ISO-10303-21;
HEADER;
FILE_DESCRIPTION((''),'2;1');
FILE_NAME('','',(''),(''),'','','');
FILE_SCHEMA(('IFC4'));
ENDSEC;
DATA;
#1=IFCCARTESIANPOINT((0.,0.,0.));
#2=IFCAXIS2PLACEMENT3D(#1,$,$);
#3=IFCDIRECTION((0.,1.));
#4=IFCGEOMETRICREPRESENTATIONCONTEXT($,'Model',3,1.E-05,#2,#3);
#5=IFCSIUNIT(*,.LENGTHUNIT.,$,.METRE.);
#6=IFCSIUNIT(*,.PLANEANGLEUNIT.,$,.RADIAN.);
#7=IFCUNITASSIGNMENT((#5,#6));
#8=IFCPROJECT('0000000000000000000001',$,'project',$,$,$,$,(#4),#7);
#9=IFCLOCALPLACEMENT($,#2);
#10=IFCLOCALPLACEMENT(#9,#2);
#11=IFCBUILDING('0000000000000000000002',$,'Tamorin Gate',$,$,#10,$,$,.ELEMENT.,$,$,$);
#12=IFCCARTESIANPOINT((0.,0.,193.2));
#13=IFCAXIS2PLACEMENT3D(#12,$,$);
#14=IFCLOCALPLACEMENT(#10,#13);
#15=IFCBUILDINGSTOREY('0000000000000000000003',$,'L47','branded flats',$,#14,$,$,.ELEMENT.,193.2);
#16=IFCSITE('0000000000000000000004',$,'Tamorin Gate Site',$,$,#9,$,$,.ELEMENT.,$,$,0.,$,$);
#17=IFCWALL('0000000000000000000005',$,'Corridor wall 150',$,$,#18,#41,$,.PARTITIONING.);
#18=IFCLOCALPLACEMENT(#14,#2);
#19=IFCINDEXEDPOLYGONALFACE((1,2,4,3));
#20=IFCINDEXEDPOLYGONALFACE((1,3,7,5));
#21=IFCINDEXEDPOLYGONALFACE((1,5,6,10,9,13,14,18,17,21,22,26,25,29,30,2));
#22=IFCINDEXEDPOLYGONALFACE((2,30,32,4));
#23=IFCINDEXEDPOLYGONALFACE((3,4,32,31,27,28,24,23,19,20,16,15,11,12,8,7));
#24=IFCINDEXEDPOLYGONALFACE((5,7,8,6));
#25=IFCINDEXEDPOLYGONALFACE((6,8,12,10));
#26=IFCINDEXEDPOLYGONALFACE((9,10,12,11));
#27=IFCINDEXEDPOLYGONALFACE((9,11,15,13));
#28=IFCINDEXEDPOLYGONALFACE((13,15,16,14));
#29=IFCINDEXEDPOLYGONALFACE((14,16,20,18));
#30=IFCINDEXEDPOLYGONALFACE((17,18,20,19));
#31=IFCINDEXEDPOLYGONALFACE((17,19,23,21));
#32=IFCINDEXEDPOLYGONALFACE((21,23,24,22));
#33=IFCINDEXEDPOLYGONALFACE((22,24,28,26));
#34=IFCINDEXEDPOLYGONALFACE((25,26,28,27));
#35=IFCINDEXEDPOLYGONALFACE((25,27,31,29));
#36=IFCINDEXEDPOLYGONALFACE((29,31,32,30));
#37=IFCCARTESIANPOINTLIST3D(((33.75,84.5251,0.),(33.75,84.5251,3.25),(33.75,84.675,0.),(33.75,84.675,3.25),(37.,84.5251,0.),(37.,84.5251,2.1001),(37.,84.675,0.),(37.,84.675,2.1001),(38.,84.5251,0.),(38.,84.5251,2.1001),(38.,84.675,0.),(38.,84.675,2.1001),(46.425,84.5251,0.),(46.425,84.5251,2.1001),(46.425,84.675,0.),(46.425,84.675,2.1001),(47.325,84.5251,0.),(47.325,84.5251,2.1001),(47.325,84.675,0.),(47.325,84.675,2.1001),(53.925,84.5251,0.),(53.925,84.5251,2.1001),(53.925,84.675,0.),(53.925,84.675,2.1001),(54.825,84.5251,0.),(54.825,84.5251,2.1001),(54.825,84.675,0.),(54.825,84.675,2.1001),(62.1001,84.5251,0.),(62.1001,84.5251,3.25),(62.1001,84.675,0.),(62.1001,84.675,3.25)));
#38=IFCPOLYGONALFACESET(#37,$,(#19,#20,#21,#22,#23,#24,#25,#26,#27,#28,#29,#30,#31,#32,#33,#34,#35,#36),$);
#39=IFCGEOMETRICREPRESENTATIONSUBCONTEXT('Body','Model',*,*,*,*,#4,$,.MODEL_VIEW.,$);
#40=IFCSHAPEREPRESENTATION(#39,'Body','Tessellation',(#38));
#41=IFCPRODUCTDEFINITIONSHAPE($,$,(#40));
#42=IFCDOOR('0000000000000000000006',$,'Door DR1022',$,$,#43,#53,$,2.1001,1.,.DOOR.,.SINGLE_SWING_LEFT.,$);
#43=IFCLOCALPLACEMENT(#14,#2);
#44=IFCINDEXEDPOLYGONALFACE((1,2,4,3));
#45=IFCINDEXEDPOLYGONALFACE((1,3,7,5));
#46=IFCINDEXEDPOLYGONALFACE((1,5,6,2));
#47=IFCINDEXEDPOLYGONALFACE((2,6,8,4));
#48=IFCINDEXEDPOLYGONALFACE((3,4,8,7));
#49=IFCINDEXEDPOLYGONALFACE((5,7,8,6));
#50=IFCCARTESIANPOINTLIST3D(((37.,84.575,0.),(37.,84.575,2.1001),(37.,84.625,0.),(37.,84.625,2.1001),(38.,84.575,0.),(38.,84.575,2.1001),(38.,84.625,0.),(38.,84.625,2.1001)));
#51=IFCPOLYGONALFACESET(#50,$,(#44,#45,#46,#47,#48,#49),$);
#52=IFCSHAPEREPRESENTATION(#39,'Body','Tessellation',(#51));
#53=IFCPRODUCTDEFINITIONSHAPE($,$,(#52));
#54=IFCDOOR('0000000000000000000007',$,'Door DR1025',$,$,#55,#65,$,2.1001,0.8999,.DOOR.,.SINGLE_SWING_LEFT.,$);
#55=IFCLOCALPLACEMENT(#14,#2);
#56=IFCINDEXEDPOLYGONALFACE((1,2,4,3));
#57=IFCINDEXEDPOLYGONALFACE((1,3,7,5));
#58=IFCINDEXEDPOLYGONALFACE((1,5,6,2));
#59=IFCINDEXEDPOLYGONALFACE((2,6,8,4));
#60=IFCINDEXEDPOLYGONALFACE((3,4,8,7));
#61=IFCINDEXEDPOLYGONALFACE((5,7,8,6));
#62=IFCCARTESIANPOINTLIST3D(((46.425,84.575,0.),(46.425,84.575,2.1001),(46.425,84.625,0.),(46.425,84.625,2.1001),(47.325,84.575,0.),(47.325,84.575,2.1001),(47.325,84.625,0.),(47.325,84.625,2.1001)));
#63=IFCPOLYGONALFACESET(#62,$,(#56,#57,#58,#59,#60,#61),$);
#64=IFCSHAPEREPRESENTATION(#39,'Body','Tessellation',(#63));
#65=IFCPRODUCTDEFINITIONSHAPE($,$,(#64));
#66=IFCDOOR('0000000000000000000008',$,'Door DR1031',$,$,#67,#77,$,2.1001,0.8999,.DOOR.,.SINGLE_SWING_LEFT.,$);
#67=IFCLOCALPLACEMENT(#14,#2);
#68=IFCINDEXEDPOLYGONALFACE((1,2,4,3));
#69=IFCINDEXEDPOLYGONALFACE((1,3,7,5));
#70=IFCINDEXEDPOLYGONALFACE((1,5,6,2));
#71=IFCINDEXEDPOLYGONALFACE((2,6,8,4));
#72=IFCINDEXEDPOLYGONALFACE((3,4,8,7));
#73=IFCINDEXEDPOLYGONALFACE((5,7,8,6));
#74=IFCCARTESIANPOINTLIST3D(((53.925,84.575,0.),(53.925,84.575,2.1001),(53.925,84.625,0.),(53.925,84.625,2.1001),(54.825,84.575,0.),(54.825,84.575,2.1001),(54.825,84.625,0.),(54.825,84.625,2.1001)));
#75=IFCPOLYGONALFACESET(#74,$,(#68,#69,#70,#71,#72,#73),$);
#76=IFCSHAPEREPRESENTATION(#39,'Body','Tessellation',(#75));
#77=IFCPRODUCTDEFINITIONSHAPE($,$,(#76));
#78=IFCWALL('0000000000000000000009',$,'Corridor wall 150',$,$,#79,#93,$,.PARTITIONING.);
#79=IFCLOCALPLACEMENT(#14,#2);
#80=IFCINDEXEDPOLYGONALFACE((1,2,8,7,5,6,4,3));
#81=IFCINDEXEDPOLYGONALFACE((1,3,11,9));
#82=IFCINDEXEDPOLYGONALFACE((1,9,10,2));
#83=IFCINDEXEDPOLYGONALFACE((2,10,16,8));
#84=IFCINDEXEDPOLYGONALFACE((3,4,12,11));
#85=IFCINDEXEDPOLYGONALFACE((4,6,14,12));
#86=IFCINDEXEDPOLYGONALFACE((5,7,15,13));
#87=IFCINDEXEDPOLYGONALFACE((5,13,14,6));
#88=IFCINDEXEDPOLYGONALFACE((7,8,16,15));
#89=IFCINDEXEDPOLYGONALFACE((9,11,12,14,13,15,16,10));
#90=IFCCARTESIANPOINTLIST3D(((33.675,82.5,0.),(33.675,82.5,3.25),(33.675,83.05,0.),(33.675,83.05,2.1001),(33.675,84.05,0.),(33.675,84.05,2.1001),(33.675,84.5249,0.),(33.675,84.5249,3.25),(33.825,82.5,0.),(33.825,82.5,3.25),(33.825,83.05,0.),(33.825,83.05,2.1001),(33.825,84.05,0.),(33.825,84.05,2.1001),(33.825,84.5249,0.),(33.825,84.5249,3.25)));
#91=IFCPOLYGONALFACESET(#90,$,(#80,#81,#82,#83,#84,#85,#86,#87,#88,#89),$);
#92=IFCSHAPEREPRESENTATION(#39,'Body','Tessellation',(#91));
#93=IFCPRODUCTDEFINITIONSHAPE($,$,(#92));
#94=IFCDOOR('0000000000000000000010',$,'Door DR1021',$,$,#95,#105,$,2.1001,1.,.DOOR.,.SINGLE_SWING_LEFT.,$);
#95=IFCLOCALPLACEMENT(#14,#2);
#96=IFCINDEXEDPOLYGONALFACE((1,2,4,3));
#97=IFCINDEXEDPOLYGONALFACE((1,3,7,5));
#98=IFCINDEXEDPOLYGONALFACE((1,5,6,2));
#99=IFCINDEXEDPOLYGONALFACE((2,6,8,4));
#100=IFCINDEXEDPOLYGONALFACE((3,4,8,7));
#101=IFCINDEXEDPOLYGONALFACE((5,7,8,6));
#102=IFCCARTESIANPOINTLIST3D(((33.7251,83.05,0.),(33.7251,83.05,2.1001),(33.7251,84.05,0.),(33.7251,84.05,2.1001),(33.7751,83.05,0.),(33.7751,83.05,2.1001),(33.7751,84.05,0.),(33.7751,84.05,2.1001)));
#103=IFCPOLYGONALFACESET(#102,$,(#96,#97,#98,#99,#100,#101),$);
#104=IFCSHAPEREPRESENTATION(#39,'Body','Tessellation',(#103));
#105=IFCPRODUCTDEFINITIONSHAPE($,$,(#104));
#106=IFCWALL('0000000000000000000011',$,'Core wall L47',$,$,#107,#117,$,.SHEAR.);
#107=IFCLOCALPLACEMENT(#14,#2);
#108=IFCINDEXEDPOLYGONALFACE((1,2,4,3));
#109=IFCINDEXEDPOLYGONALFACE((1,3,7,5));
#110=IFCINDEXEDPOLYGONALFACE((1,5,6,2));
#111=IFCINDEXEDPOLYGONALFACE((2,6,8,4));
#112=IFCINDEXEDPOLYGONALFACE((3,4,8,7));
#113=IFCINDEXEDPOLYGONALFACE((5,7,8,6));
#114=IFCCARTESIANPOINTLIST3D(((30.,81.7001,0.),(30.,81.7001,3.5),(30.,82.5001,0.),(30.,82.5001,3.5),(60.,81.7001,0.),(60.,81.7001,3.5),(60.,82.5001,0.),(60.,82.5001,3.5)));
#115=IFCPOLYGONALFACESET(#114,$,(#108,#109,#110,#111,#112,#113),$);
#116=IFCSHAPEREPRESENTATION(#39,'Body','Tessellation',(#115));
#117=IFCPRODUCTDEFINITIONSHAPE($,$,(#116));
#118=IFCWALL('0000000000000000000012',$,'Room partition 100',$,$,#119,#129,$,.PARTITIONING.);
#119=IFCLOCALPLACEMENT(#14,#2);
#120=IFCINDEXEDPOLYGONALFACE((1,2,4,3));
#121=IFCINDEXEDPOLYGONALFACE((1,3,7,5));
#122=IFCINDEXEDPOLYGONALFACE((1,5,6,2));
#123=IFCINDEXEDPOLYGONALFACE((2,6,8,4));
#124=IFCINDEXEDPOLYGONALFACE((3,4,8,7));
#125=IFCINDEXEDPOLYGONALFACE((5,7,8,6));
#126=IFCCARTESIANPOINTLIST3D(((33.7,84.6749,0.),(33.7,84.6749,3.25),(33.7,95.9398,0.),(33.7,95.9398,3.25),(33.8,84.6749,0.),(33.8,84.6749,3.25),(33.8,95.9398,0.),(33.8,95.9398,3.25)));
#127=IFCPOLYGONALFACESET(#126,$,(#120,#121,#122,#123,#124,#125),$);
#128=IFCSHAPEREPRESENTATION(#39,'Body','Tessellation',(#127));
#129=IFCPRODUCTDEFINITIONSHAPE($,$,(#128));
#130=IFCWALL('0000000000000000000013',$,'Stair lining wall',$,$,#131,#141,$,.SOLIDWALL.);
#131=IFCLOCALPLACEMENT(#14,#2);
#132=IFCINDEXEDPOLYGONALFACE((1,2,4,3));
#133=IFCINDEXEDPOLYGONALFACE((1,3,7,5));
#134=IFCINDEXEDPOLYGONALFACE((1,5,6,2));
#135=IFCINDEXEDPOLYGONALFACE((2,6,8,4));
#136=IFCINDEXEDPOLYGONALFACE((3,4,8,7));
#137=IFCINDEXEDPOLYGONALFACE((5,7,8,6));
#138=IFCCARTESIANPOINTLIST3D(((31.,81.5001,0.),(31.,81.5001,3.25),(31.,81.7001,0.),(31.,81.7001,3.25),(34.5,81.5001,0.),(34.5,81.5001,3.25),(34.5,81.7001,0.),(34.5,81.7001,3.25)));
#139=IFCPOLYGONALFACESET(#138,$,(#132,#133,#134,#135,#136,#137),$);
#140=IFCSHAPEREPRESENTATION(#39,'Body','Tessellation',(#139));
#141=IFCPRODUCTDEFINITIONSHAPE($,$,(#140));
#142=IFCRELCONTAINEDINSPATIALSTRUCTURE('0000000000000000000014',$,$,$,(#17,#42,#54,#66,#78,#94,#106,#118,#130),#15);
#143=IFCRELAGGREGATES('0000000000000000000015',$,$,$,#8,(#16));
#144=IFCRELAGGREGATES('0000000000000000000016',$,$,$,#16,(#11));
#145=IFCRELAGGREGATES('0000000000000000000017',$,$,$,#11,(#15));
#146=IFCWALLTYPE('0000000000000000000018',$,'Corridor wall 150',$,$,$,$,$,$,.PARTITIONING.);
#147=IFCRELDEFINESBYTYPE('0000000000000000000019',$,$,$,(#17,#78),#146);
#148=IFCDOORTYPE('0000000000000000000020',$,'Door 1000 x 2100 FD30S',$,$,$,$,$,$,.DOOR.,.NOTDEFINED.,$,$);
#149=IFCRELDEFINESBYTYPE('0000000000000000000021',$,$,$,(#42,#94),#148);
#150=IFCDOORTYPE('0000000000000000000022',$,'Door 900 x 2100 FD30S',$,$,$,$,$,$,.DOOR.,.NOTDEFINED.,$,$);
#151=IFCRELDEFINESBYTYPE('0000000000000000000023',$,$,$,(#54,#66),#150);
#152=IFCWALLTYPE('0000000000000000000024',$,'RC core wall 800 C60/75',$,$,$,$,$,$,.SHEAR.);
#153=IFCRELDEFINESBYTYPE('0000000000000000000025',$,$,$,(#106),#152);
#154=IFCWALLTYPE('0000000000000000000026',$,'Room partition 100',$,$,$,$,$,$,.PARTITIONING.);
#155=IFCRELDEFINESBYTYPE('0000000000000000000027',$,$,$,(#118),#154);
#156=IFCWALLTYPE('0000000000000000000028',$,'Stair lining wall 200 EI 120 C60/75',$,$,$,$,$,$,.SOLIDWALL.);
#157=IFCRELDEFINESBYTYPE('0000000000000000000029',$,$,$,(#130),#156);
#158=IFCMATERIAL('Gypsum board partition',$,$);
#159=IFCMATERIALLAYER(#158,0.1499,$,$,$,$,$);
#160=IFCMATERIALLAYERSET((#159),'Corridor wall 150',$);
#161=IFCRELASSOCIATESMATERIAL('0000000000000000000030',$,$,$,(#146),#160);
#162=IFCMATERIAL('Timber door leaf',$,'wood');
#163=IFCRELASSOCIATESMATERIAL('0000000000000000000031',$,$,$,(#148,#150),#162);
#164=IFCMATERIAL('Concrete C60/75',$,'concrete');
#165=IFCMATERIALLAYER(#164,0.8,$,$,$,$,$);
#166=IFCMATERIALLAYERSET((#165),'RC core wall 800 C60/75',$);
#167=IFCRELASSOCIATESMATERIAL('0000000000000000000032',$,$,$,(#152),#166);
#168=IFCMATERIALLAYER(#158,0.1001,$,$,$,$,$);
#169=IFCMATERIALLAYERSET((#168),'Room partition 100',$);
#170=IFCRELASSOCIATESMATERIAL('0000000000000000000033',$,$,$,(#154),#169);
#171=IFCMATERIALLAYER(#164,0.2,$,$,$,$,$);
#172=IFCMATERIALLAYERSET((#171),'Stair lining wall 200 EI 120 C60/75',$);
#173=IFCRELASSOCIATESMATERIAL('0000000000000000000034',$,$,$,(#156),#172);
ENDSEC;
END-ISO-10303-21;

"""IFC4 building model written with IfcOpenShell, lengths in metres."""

from ifc_helpers import new_model, si_unit, direction, frame, frame_2d, origin, place, context, subcontext, project, spatial, rectangle, extrude, material, layer, layer_set, type_object, element, fill, save


model = new_model("IFC4")

# Units and contexts
model_context = context("Model", 3, precision=1e-05, world=origin(), true_north=direction((0.0, 1.0)))
body_context = subcontext(model_context, "Body", "Model", "MODEL_VIEW")
ifc_project = project(units=[si_unit("LENGTHUNIT", "METRE"), si_unit("PLANEANGLEUNIT", "RADIAN")], contexts=[model_context])

# Site, building, storey
site_placement = place(None, origin())
site = spatial("IfcSite", under=ifc_project, at=site_placement, Name="Tamorin Gate Site", CompositionType="ELEMENT", RefElevation=0.0)
building_placement = place(site_placement, origin())
building = spatial("IfcBuilding", under=site, at=building_placement, Name="Tamorin Gate", CompositionType="ELEMENT")
storey_placement = place(building_placement, frame((0.0, 0.0, 193.2)))
storey = spatial("IfcBuildingStorey", under=building, at=storey_placement, Name="L47", Description="branded flats", CompositionType="ELEMENT", Elevation=193.2)

# Shared definitions
ifc_material_1 = material(Name="Concrete C60/75", Category="concrete")

# Wall, openings, doors
ifc_material_2 = material(Name="Gypsum board partition")
ifc_layer_1 = layer(ifc_material_2, 0.1499)
ifc_layer_set_1 = layer_set([ifc_layer_1], Name="Corridor wall 150")
wall_type_1 = type_object("IfcWallType", Name="Corridor wall 150", PredefinedType="PARTITIONING", material=ifc_layer_set_1)
wall_1_placement = place(storey_placement, frame((33.75, 84.6001, 0.0), z_axis=(0.0, 0.0, 1.0), x_axis=(1.0, 0.0, 0.0)))
wall_1 = element("IfcWall", 1, at=wall_1_placement, inside=storey, type_object=wall_type_1, Name="Corridor wall 150", PredefinedType="PARTITIONING", context=body_context, shape_type="SweptSolid", body=[
    extrude(rectangle(XDim=28.3501, YDim=0.1499, at=frame_2d((14.175, 0.0))), origin(), (0.0, 0.0, 1.0), 3.25),
])
opening_1_placement = place(wall_1_placement, frame((3.25, 0.0, 0.0)))
opening_1 = element("IfcOpeningElement", 2, at=opening_1_placement, cuts=wall_1, PredefinedType="OPENING", context=body_context, shape_type="SweptSolid", body=[
    extrude(rectangle(XDim=1.0, YDim=2.1001, at=frame_2d((0.5, 1.05))), frame((0.0, 0.085, 0.0), z_axis=(0.0, -1.0, 0.0), x_axis=(1.0, 0.0, 0.0)), (0.0, 0.0, 1.0), 0.1699),
])
opening_2_placement = place(wall_1_placement, frame((12.675, 0.0, 0.0)))
opening_2 = element("IfcOpeningElement", 3, at=opening_2_placement, cuts=wall_1, PredefinedType="OPENING", context=body_context, shape_type="SweptSolid", body=[
    extrude(rectangle(XDim=0.8999, YDim=2.1001, at=frame_2d((0.45, 1.05))), frame((0.0, 0.085, 0.0), z_axis=(0.0, -1.0, 0.0), x_axis=(1.0, 0.0, 0.0)), (0.0, 0.0, 1.0), 0.1699),
])
opening_3_placement = place(wall_1_placement, frame((20.175, 0.0, 0.0)))
opening_3 = element("IfcOpeningElement", 4, at=opening_3_placement, cuts=wall_1, PredefinedType="OPENING", context=body_context, shape_type="SweptSolid", body=[
    extrude(rectangle(XDim=0.8999, YDim=2.1001, at=frame_2d((0.45, 1.05))), frame((0.0, 0.085, 0.0), z_axis=(0.0, -1.0, 0.0), x_axis=(1.0, 0.0, 0.0)), (0.0, 0.0, 1.0), 0.1699),
])
ifc_material_3 = material(Name="Timber door leaf", Category="wood")
door_type_1 = type_object("IfcDoorType", Name="Door 1000 x 2100 FD30S", OperationType="NOTDEFINED", PredefinedType="DOOR", material=ifc_material_3)
door_1_placement = place(opening_1_placement, origin())
door_1 = element("IfcDoor", 5, at=door_1_placement, inside=storey, type_object=door_type_1, Name="Door DR1022", OperationType="SINGLE_SWING_LEFT", OverallHeight=2.1001, OverallWidth=1.0, PredefinedType="DOOR", context=body_context, shape_type="SweptSolid", body=[
    extrude(rectangle(XDim=1.0, YDim=2.1001, at=frame_2d((0.5, 1.05))), frame((0.0, 0.0249, 0.0), z_axis=(0.0, -1.0, 0.0), x_axis=(1.0, 0.0, 0.0)), (0.0, 0.0, 1.0), 0.05),
])
fill(opening_1, door_1)
door_type_2 = type_object("IfcDoorType", Name="Door 900 x 2100 FD30S", OperationType="NOTDEFINED", PredefinedType="DOOR", material=ifc_material_3)
door_2_placement = place(opening_2_placement, origin())
door_2 = element("IfcDoor", 6, at=door_2_placement, inside=storey, type_object=door_type_2, Name="Door DR1025", OperationType="SINGLE_SWING_LEFT", OverallHeight=2.1001, OverallWidth=0.8999, PredefinedType="DOOR", context=body_context, shape_type="SweptSolid", body=[
    extrude(rectangle(XDim=0.8999, YDim=2.1001, at=frame_2d((0.45, 1.05))), frame((0.0, 0.0249, 0.0), z_axis=(0.0, -1.0, 0.0), x_axis=(1.0, 0.0, 0.0)), (0.0, 0.0, 1.0), 0.05),
])
fill(opening_2, door_2)
door_3_placement = place(opening_3_placement, origin())
door_3 = element("IfcDoor", 7, at=door_3_placement, inside=storey, type_object=door_type_2, Name="Door DR1031", OperationType="SINGLE_SWING_LEFT", OverallHeight=2.1001, OverallWidth=0.8999, PredefinedType="DOOR", context=body_context, shape_type="SweptSolid", body=[
    extrude(rectangle(XDim=0.8999, YDim=2.1001, at=frame_2d((0.45, 1.05))), frame((0.0, 0.0249, 0.0), z_axis=(0.0, -1.0, 0.0), x_axis=(1.0, 0.0, 0.0)), (0.0, 0.0, 1.0), 0.05),
])
fill(opening_3, door_3)

# Wall, opening, door
wall_2_placement = place(storey_placement, frame((33.75, 82.5, 0.0), z_axis=(0.0, 0.0, 1.0), x_axis=(0.0, 1.0, 0.0)))
wall_2 = element("IfcWall", 8, at=wall_2_placement, inside=storey, type_object=wall_type_1, Name="Corridor wall 150", PredefinedType="PARTITIONING", context=body_context, shape_type="SweptSolid", body=[
    extrude(rectangle(XDim=2.0249, YDim=0.1499, at=frame_2d((1.0125, 0.0))), origin(), (0.0, 0.0, 1.0), 3.25),
])
opening_4_placement = place(wall_2_placement, frame((0.55, 0.0, 0.0)))
opening_4 = element("IfcOpeningElement", 9, at=opening_4_placement, cuts=wall_2, PredefinedType="OPENING", context=body_context, shape_type="SweptSolid", body=[
    extrude(rectangle(XDim=1.0, YDim=2.1001, at=frame_2d((0.5, 1.05))), frame((0.0, 0.085, 0.0), z_axis=(0.0, -1.0, 0.0), x_axis=(1.0, 0.0, 0.0)), (0.0, 0.0, 1.0), 0.1699),
])
door_4_placement = place(opening_4_placement, origin())
door_4 = element("IfcDoor", 10, at=door_4_placement, inside=storey, type_object=door_type_1, Name="Door DR1021", OperationType="SINGLE_SWING_LEFT", OverallHeight=2.1001, OverallWidth=1.0, PredefinedType="DOOR", context=body_context, shape_type="SweptSolid", body=[
    extrude(rectangle(XDim=1.0, YDim=2.1001, at=frame_2d((0.5, 1.05))), frame((0.0, 0.0249, 0.0), z_axis=(0.0, -1.0, 0.0), x_axis=(1.0, 0.0, 0.0)), (0.0, 0.0, 1.0), 0.05),
])
fill(opening_4, door_4)

# Walls
ifc_layer_2 = layer(ifc_material_1, 0.8)
ifc_layer_set_2 = layer_set([ifc_layer_2], Name="RC core wall 800 C60/75")
wall_type_2 = type_object("IfcWallType", Name="RC core wall 800 C60/75", PredefinedType="SHEAR", material=ifc_layer_set_2)
wall_3_placement = place(storey_placement, frame((30.0, 82.1001, 0.0), z_axis=(0.0, 0.0, 1.0), x_axis=(1.0, 0.0, 0.0)))
element("IfcWall", 11, at=wall_3_placement, inside=storey, type_object=wall_type_2, Name="Core wall L47", PredefinedType="SHEAR", context=body_context, shape_type="SweptSolid", body=[
    extrude(rectangle(XDim=30.0, YDim=0.8, at=frame_2d((15.0, 0.0))), origin(), (0.0, 0.0, 1.0), 3.5),
])
ifc_layer_3 = layer(ifc_material_2, 0.1001)
ifc_layer_set_3 = layer_set([ifc_layer_3], Name="Room partition 100")
wall_type_3 = type_object("IfcWallType", Name="Room partition 100", PredefinedType="PARTITIONING", material=ifc_layer_set_3)
wall_4_placement = place(storey_placement, frame((33.75, 84.675, 0.0), z_axis=(0.0, 0.0, 1.0), x_axis=(0.0, 1.0, 0.0)))
element("IfcWall", 12, at=wall_4_placement, inside=storey, type_object=wall_type_3, Name="Room partition 100", PredefinedType="PARTITIONING", context=body_context, shape_type="SweptSolid", body=[
    extrude(rectangle(XDim=11.2649, YDim=0.1001, at=frame_2d((5.6323, 0.0))), origin(), (0.0, 0.0, 1.0), 3.25),
])
ifc_layer_4 = layer(ifc_material_1, 0.2)
ifc_layer_set_4 = layer_set([ifc_layer_4], Name="Stair lining wall 200 EI 120 C60/75")
wall_type_4 = type_object("IfcWallType", Name="Stair lining wall 200 EI 120 C60/75", PredefinedType="SOLIDWALL", material=ifc_layer_set_4)
wall_5_placement = place(storey_placement, frame((31.0, 81.6001, 0.0), z_axis=(0.0, 0.0, 1.0), x_axis=(1.0, 0.0, 0.0)))
element("IfcWall", 13, at=wall_5_placement, inside=storey, type_object=wall_type_4, Name="Stair lining wall", PredefinedType="SOLIDWALL", context=body_context, shape_type="SweptSolid", body=[
    extrude(rectangle(XDim=3.5, YDim=0.2, at=frame_2d((1.75, 0.0))), origin(), (0.0, 0.0, 1.0), 3.25),
])

save(model, "model.ifc")
